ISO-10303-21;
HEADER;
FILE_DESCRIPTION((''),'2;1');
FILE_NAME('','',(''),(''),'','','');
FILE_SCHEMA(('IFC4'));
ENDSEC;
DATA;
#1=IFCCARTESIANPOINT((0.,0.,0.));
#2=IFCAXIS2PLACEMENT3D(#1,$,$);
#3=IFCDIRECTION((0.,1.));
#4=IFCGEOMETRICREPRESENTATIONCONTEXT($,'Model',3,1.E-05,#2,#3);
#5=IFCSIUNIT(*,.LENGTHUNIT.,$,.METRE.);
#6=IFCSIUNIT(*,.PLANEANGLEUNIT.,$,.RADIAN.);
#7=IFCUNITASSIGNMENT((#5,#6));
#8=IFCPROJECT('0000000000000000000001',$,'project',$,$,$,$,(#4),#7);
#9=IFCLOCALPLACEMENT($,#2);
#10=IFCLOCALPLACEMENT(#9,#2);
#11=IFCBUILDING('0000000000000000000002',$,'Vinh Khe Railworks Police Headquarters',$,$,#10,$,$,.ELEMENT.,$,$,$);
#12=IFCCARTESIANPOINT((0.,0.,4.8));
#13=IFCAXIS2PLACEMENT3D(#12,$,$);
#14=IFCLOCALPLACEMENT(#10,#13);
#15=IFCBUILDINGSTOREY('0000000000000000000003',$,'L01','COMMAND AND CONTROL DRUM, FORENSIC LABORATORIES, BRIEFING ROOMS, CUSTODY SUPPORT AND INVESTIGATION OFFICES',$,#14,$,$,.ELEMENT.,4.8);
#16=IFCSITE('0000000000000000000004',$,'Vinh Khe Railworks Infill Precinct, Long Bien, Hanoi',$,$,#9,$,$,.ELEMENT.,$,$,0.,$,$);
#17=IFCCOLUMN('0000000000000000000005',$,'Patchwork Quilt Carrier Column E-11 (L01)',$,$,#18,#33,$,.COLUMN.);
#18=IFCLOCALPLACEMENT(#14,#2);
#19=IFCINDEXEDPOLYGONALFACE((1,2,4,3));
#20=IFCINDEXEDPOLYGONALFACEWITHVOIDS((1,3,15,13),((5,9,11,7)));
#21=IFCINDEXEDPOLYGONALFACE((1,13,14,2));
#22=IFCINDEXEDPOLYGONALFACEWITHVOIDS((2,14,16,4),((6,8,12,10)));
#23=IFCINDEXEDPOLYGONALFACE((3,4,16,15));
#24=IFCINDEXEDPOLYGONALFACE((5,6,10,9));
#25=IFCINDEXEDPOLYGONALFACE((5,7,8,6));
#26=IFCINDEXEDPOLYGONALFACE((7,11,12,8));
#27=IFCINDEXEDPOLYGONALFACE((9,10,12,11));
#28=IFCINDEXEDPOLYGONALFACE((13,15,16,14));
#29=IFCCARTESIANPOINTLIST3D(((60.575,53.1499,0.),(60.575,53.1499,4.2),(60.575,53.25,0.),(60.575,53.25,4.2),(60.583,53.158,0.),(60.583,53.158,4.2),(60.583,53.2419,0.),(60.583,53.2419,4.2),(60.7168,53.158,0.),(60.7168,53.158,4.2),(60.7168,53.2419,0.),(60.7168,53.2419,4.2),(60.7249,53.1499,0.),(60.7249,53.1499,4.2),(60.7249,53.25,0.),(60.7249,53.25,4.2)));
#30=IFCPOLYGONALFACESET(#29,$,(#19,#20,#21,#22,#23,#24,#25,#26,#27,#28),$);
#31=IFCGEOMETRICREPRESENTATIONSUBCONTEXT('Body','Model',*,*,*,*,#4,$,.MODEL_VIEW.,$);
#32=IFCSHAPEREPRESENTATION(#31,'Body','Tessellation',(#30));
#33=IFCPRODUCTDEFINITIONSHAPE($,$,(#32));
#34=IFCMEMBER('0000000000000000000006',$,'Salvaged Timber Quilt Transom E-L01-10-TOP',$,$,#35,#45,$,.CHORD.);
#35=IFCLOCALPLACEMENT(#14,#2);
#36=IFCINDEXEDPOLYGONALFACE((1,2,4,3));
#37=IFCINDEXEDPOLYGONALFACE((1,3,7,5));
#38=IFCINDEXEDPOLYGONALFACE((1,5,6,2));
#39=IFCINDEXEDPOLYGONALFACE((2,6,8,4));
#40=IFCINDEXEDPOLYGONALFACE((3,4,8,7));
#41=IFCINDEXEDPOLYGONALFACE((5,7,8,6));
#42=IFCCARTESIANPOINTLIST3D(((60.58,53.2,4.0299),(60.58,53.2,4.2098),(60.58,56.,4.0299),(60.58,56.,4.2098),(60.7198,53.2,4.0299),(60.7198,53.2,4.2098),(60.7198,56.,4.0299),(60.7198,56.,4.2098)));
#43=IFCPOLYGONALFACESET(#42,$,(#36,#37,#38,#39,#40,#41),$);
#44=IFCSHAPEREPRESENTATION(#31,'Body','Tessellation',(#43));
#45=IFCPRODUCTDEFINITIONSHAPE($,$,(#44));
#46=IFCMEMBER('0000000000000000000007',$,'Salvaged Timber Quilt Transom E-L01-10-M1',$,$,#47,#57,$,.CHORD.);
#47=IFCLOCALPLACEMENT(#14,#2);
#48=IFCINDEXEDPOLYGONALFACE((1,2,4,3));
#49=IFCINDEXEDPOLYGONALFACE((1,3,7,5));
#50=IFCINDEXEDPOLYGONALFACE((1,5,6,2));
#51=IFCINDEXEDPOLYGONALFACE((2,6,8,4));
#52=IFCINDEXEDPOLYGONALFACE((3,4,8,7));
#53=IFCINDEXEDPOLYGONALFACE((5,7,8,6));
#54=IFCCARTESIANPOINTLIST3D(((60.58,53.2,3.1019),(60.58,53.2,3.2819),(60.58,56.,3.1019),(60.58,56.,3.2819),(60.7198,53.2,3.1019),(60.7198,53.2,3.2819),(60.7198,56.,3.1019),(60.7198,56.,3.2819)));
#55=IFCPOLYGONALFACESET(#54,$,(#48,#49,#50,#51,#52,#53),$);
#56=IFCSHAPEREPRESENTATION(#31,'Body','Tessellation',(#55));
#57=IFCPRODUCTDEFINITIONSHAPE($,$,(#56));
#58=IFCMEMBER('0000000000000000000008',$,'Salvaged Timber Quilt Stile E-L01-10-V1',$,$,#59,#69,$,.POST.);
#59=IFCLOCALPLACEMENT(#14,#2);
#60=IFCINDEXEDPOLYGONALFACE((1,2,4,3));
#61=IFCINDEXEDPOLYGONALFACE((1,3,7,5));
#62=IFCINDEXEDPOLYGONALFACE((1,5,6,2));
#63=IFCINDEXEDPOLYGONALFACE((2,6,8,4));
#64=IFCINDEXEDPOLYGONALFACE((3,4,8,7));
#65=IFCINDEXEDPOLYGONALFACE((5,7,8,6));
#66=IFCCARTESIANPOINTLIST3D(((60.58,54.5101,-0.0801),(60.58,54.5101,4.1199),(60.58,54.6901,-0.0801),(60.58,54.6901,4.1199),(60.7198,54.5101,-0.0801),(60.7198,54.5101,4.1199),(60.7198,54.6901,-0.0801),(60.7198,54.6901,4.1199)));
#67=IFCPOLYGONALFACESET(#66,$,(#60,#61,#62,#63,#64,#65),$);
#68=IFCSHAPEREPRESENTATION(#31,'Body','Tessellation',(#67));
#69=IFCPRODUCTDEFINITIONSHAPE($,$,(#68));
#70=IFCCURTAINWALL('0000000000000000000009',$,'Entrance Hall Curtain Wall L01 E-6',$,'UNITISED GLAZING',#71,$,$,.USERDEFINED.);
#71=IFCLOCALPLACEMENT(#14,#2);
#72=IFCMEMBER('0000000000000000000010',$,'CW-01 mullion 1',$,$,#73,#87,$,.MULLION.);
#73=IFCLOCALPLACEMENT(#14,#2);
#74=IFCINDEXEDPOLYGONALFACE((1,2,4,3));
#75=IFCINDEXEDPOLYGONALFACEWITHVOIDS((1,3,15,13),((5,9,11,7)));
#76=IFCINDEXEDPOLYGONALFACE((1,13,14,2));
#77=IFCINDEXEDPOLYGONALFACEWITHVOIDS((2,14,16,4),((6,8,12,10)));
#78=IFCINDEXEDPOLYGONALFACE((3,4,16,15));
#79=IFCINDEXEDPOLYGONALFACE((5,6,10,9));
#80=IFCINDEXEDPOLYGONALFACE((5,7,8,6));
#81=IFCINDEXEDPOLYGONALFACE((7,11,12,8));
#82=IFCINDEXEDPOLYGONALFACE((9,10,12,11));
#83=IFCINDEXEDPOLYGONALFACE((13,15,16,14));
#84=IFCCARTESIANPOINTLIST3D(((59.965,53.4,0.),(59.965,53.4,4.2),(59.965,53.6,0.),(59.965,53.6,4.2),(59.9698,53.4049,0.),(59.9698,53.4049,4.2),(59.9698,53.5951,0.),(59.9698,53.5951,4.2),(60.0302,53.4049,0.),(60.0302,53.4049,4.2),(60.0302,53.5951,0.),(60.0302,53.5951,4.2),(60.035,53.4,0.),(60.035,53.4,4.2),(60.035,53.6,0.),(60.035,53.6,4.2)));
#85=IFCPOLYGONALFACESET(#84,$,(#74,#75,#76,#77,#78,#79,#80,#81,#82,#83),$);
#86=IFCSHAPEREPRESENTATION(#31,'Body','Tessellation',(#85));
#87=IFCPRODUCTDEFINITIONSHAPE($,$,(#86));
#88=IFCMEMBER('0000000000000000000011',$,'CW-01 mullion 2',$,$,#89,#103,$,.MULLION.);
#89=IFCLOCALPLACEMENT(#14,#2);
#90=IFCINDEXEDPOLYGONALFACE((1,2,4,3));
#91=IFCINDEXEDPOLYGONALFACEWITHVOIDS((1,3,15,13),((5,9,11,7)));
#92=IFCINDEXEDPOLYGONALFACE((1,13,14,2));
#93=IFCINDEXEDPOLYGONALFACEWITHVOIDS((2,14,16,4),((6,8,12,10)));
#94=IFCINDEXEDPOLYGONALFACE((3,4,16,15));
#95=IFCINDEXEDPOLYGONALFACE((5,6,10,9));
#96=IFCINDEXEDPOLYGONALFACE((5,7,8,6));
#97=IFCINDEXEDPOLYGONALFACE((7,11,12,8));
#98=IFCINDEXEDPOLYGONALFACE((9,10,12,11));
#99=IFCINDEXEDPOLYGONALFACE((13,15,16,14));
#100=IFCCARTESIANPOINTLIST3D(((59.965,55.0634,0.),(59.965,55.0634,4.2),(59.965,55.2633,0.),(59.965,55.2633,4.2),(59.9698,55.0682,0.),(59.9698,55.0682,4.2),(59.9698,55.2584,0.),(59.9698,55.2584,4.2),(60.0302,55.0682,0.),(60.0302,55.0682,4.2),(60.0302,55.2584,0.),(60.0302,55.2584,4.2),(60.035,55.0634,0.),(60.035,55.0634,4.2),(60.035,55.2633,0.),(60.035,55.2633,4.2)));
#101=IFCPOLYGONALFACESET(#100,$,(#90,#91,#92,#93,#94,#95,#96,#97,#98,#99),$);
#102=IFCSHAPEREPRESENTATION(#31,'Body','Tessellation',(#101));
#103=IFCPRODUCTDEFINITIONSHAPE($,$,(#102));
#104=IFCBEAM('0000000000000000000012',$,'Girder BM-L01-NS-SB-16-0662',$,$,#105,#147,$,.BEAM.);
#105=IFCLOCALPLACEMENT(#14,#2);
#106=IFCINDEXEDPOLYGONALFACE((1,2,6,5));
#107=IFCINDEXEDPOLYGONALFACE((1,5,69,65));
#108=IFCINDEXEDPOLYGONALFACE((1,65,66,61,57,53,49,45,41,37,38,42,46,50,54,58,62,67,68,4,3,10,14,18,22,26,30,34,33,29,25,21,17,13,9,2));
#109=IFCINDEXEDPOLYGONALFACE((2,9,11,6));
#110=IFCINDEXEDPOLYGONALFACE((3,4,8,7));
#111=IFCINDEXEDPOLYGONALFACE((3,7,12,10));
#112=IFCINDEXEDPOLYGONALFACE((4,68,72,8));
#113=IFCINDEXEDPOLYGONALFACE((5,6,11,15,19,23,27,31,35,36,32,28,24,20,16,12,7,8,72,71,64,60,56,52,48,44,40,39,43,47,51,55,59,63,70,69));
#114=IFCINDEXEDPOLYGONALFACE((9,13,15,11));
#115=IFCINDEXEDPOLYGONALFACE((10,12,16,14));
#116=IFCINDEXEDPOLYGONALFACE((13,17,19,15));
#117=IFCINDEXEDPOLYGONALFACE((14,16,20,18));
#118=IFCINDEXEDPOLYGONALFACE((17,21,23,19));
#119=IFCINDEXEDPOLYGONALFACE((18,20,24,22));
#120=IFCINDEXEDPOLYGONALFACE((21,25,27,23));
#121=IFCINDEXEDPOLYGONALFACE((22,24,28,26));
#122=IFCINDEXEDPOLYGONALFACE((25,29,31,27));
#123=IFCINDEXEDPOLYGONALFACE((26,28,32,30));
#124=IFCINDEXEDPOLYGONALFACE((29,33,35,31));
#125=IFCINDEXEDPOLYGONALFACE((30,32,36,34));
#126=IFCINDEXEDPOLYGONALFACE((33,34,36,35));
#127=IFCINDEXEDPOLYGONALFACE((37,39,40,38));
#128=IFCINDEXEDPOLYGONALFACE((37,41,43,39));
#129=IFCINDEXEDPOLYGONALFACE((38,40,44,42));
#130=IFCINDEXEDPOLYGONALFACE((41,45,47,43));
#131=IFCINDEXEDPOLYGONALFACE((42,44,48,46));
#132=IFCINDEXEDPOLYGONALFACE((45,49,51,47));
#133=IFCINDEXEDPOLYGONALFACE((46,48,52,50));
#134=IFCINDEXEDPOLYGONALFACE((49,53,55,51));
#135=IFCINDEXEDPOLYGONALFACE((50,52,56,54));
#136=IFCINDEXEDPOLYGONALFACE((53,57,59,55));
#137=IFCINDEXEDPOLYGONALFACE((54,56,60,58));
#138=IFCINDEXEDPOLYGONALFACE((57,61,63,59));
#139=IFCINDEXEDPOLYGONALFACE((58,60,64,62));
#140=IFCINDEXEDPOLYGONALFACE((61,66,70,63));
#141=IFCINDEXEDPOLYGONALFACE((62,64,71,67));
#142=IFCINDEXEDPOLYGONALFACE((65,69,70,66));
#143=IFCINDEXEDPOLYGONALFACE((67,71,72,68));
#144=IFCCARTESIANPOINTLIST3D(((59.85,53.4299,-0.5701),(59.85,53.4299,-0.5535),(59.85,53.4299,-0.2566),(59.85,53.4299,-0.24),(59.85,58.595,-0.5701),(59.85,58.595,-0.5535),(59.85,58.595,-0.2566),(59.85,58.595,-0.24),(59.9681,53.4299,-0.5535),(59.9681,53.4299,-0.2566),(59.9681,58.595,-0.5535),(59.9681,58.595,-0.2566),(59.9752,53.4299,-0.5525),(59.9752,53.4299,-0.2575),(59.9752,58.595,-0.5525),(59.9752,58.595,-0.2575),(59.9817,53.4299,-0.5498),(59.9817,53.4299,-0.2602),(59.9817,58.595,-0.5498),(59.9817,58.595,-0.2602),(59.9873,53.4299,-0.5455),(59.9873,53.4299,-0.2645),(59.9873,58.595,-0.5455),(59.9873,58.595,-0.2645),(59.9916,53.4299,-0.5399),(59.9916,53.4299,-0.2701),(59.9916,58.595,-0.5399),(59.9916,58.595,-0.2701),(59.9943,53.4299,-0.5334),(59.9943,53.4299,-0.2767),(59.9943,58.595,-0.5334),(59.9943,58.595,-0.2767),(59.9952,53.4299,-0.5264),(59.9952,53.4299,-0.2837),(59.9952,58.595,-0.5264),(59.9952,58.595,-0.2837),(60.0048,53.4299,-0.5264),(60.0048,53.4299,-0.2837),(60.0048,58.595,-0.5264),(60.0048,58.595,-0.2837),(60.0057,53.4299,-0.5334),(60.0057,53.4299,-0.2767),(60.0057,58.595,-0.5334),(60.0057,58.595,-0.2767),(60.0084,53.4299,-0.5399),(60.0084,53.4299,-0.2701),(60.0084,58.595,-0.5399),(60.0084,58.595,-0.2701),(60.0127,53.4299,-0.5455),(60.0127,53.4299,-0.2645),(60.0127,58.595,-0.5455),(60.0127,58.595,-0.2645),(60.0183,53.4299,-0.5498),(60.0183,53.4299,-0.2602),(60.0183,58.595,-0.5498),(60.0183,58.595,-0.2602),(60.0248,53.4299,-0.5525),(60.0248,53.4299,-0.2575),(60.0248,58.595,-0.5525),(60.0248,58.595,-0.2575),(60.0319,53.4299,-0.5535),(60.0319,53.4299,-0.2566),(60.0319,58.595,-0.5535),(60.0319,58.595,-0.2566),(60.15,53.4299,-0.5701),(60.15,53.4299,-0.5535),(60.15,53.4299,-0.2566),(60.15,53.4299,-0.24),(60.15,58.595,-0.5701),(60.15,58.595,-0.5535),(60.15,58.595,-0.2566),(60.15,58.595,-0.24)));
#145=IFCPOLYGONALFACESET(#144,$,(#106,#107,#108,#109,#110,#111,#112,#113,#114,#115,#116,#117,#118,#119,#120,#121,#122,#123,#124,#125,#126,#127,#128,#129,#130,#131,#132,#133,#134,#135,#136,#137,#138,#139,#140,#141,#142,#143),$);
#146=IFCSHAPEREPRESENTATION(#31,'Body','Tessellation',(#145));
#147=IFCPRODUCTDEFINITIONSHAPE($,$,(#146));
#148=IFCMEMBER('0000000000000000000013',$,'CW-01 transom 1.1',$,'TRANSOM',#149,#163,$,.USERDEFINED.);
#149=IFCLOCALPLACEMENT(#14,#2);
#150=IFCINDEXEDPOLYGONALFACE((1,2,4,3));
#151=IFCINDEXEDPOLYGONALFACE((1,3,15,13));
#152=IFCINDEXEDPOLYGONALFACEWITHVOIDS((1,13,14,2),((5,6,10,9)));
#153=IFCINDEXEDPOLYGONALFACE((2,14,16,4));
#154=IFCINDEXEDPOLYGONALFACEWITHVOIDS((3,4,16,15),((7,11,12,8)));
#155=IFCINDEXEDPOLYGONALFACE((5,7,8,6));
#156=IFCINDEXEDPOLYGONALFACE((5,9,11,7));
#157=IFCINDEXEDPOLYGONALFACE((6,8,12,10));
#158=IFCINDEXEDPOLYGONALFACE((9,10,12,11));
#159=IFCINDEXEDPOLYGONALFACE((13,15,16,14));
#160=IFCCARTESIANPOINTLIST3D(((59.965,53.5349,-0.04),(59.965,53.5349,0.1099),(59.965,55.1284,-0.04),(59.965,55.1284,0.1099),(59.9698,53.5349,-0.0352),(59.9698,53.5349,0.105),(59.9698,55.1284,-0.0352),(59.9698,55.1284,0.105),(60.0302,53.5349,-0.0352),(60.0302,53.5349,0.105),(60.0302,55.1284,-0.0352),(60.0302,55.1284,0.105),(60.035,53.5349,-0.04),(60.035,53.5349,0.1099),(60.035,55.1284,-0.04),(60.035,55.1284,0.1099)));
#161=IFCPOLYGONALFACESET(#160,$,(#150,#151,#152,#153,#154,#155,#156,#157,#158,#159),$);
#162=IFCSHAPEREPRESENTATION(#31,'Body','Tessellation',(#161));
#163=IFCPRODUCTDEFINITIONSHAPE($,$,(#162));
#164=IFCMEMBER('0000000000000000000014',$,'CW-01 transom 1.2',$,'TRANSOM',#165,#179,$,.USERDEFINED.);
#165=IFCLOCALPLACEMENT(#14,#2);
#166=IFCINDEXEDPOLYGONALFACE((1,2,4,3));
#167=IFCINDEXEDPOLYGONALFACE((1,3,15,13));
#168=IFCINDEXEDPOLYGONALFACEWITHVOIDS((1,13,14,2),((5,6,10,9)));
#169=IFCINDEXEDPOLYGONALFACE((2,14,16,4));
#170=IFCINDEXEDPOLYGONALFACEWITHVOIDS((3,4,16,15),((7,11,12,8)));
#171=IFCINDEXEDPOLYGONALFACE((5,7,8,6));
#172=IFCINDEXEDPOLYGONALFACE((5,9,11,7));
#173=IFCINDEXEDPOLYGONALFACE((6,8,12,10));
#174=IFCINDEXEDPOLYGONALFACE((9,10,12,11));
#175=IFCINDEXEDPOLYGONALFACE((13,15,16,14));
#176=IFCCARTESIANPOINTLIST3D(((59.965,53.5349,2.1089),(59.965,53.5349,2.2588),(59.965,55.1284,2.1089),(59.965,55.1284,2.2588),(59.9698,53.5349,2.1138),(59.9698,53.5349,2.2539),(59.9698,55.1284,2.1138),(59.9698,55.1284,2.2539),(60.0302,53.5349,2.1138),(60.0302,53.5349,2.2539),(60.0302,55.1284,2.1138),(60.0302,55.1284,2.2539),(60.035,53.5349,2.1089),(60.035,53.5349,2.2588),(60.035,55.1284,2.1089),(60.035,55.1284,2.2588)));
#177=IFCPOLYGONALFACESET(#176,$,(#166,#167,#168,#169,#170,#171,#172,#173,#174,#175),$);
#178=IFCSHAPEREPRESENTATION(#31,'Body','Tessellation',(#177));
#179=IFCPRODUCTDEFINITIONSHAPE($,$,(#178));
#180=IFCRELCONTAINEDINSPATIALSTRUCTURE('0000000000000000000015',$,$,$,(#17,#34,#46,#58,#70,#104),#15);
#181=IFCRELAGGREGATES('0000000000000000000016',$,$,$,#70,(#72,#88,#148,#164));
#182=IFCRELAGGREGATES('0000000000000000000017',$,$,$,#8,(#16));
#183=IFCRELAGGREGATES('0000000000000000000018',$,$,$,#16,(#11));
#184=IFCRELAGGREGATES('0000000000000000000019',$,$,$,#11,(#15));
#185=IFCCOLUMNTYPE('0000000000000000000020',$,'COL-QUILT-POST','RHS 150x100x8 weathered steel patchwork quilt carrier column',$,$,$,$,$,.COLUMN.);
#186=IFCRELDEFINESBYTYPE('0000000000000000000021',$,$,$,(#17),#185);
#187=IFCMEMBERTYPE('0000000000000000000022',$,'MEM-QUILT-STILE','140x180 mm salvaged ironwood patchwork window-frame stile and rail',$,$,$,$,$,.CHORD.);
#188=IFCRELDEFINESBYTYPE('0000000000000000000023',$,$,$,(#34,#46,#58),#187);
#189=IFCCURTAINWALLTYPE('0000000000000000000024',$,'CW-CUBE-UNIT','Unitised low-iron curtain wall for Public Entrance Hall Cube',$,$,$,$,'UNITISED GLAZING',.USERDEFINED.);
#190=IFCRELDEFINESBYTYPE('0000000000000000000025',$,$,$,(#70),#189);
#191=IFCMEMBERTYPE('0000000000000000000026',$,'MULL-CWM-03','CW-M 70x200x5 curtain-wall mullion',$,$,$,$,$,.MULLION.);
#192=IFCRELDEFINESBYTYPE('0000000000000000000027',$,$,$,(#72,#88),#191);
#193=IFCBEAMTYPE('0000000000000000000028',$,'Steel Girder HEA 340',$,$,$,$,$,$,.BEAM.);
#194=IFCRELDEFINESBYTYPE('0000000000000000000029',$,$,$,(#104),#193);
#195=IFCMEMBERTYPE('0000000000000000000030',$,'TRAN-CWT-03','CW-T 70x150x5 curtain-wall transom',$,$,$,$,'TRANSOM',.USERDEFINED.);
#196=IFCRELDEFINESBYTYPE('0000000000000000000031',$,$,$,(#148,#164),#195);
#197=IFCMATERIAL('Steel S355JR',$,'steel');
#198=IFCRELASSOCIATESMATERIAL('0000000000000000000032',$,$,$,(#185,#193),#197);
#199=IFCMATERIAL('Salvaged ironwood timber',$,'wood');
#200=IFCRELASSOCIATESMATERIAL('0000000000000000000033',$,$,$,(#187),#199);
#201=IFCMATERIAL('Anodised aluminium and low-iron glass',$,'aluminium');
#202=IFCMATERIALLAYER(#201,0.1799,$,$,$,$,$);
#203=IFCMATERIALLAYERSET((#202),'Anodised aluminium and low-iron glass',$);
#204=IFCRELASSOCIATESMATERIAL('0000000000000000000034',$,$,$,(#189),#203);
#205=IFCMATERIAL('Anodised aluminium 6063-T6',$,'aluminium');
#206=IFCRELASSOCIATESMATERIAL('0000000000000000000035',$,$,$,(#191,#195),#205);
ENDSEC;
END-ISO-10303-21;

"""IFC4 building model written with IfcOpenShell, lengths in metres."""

from ifc_helpers import new_model, si_unit, direction, frame, origin, origin_2d, place, context, subcontext, project, spatial, rectangle, hollow_rectangle, i_section, extrude, material, layer, layer_set, material_profile, profile_set, type_object, element, aggregate, save


model = new_model("IFC4")

# Units and contexts
model_context = context("Model", 3, precision=1e-05, world=origin(), true_north=direction((0.0, 1.0)))
body_context = subcontext(model_context, "Body", "Model", "MODEL_VIEW")
ifc_project = project(units=[si_unit("LENGTHUNIT", "METRE"), si_unit("PLANEANGLEUNIT", "RADIAN")], contexts=[model_context])

# Site, building, storey
site_placement = place(None, origin())
site = spatial("IfcSite", under=ifc_project, at=site_placement, Name="Vinh Khe Railworks Infill Precinct, Long Bien, Hanoi", CompositionType="ELEMENT", RefElevation=0.0)
building_placement = place(site_placement, origin())
building = spatial("IfcBuilding", under=site, at=building_placement, Name="Vinh Khe Railworks Police Headquarters", CompositionType="ELEMENT")
storey_placement = place(building_placement, frame((0.0, 0.0, 4.8)))
storey = spatial("IfcBuildingStorey", under=building, at=storey_placement, Name="L01", Description="COMMAND AND CONTROL DRUM, FORENSIC LABORATORIES, BRIEFING ROOMS, CUSTODY SUPPORT AND INVESTIGATION OFFICES", CompositionType="ELEMENT", Elevation=4.8)

# Column
ifc_material_1 = material(Name="Steel S355JR", Category="steel")
ifc_material_profile_1 = material_profile(ifc_material_1, hollow_rectangle(XDim=0.1499, YDim=0.1001, WallThickness=0.0081, at=origin_2d()), Name="RHS 150x100x8")
ifc_profile_set_1 = profile_set([ifc_material_profile_1], Name="Steel S355JR")
column_type = type_object("IfcColumnType", Name="COL-QUILT-POST", Description="RHS 150x100x8 weathered steel patchwork quilt carrier column", PredefinedType="COLUMN", material=ifc_profile_set_1)
column_placement = place(storey_placement, frame((60.6499, 53.2, 0.0), z_axis=(0.0, 0.0, 1.0), x_axis=(1.0, 0.0, 0.0)))
element("IfcColumn", 1, at=column_placement, inside=storey, type_object=column_type, Name="Patchwork Quilt Carrier Column E-11 (L01)", PredefinedType="COLUMN", context=body_context, shape_type="SweptSolid", body=[
    extrude(hollow_rectangle(XDim=0.1499, YDim=0.1001, WallThickness=0.0081, at=origin_2d()), origin(), (0.0, 0.0, 1.0), 4.2),
])

# Members
ifc_material_2 = material(Name="Salvaged ironwood timber", Category="wood")
ifc_material_profile_2 = material_profile(ifc_material_2, rectangle(XDim=0.1399, YDim=0.1799, at=origin_2d()), Name="TIMBER 140x180")
ifc_profile_set_2 = profile_set([ifc_material_profile_2], Name="Salvaged ironwood timber")
member_type_1 = type_object("IfcMemberType", Name="MEM-QUILT-STILE", Description="140x180 mm salvaged ironwood patchwork window-frame stile and rail", PredefinedType="CHORD", material=ifc_profile_set_2)
for number, where, z_axis, x_axis, name in (
    (2, (60.6499, 53.2, 4.1199), (0.0, 1.0, 0.0), (-1.0, 0.0, 0.0), "Salvaged Timber Quilt Transom E-L01-10-TOP"),
    (3, (60.6499, 53.2, 3.1919), (0.0, 1.0, 0.0), (-1.0, 0.0, 0.0), "Salvaged Timber Quilt Transom E-L01-10-M1"),
):
    element("IfcMember", number, at=place(storey_placement, frame(where, z_axis=z_axis, x_axis=x_axis)), inside=storey, type_object=member_type_1, Name=name, PredefinedType="CHORD", context=body_context, shape_type="SweptSolid", body=[
        extrude(rectangle(XDim=0.1399, YDim=0.1799, at=origin_2d()), origin(), (0.0, 0.0, 1.0), 2.8),
    ])
member_1_placement = place(storey_placement, frame((60.6499, 54.6001, -0.0801), z_axis=(0.0, 0.0, 1.0), x_axis=(1.0, 0.0, 0.0)))
element("IfcMember", 4, at=member_1_placement, inside=storey, type_object=member_type_1, Name="Salvaged Timber Quilt Stile E-L01-10-V1", PredefinedType="POST", context=body_context, shape_type="SweptSolid", body=[
    extrude(rectangle(XDim=0.1399, YDim=0.1799, at=origin_2d()), origin(), (0.0, 0.0, 1.0), 4.2),
])

# Curtain wall, members
ifc_material_3 = material(Name="Anodised aluminium and low-iron glass", Category="aluminium")
ifc_layer_1 = layer(ifc_material_3, 0.1799)
ifc_layer_set_1 = layer_set([ifc_layer_1], Name="Anodised aluminium and low-iron glass")
curtain_wall_type = type_object("IfcCurtainWallType", Name="CW-CUBE-UNIT", Description="Unitised low-iron curtain wall for Public Entrance Hall Cube", ElementType="UNITISED GLAZING", PredefinedType="USERDEFINED", material=ifc_layer_set_1)
curtain_wall_placement = place(storey_placement, origin())
curtain_wall = element("IfcCurtainWall", 5, at=curtain_wall_placement, inside=storey, type_object=curtain_wall_type, Name="Entrance Hall Curtain Wall L01 E-6", ObjectType="UNITISED GLAZING", PredefinedType="USERDEFINED")
ifc_material_4 = material(Name="Anodised aluminium 6063-T6", Category="aluminium")
ifc_material_profile_3 = material_profile(ifc_material_4, hollow_rectangle(XDim=0.0701, YDim=0.2, WallThickness=0.0049, at=origin_2d()), Name="CW-M 70x200x5")
ifc_profile_set_3 = profile_set([ifc_material_profile_3], Name="Anodised aluminium 6063-T6")
member_type_2 = type_object("IfcMemberType", Name="MULL-CWM-03", Description="CW-M 70x200x5 curtain-wall mullion", PredefinedType="MULLION", material=ifc_profile_set_3)
member_2_placement = place(storey_placement, frame((60.0, 53.5, 0.0), z_axis=(0.0, 0.0, 1.0), x_axis=(-1.0, 0.0, 0.0)))
member_2 = element("IfcMember", 6, at=member_2_placement, type_object=member_type_2, Name="CW-01 mullion 1", PredefinedType="MULLION", context=body_context, shape_type="SweptSolid", body=[
    extrude(hollow_rectangle(XDim=0.0701, YDim=0.2, WallThickness=0.0049, at=origin_2d()), origin(), (0.0, 0.0, 1.0), 4.2),
])
member_3_placement = place(storey_placement, frame((60.0, 55.1633, 0.0), z_axis=(0.0, 0.0, 1.0), x_axis=(-1.0, 0.0, 0.0)))
member_3 = element("IfcMember", 7, at=member_3_placement, type_object=member_type_2, Name="CW-01 mullion 2", PredefinedType="MULLION", context=body_context, shape_type="SweptSolid", body=[
    extrude(hollow_rectangle(XDim=0.0701, YDim=0.2, WallThickness=0.0049, at=origin_2d()), origin(), (0.0, 0.0, 1.0), 4.2),
])

# Beam
ifc_material_profile_4 = material_profile(ifc_material_1, i_section(OverallWidth=0.3, OverallDepth=0.3301, WebThickness=0.0095, FlangeThickness=0.0166, FilletRadius=0.0271, at=origin_2d()), Name="HEA 340")
ifc_profile_set_4 = profile_set([ifc_material_profile_4], Name="Steel S355JR")
beam_type = type_object("IfcBeamType", Name="Steel Girder HEA 340", PredefinedType="BEAM", material=ifc_profile_set_4)
beam_placement = place(storey_placement, frame((60.0, 53.4299, -0.405), z_axis=(0.0, 1.0, 0.0), x_axis=(-1.0, 0.0, 0.0)))
element("IfcBeam", 8, at=beam_placement, inside=storey, type_object=beam_type, Name="Girder BM-L01-NS-SB-16-0662", PredefinedType="BEAM", context=body_context, shape_type="SweptSolid", body=[
    extrude(i_section(OverallWidth=0.3, OverallDepth=0.3301, WebThickness=0.0095, FlangeThickness=0.0166, FilletRadius=0.0271, at=origin_2d()), origin(), (0.0, 0.0, 1.0), 5.165),
])

# Members
ifc_material_profile_5 = material_profile(ifc_material_4, hollow_rectangle(XDim=0.0701, YDim=0.1499, WallThickness=0.0049, at=origin_2d()), Name="CW-T 70x150x5")
ifc_profile_set_5 = profile_set([ifc_material_profile_5], Name="Anodised aluminium 6063-T6")
member_type_3 = type_object("IfcMemberType", Name="TRAN-CWT-03", Description="CW-T 70x150x5 curtain-wall transom", ElementType="TRANSOM", PredefinedType="USERDEFINED", material=ifc_profile_set_5)
member_4_placement = place(storey_placement, frame((60.0, 53.5349, 0.0349), z_axis=(0.0, 1.0, 0.0), x_axis=(-1.0, 0.0, 0.0)))
member_4 = element("IfcMember", 9, at=member_4_placement, type_object=member_type_3, Name="CW-01 transom 1.1", ObjectType="TRANSOM", PredefinedType="USERDEFINED", context=body_context, shape_type="SweptSolid", body=[
    extrude(hollow_rectangle(XDim=0.0701, YDim=0.1499, WallThickness=0.0049, at=origin_2d()), origin(), (0.0, 0.0, 1.0), 1.5935),
])
member_5_placement = place(storey_placement, frame((60.0, 53.5349, 2.1838), z_axis=(0.0, 1.0, 0.0), x_axis=(-1.0, 0.0, 0.0)))
member_5 = element("IfcMember", 10, at=member_5_placement, type_object=member_type_3, Name="CW-01 transom 1.2", ObjectType="TRANSOM", PredefinedType="USERDEFINED", context=body_context, shape_type="SweptSolid", body=[
    extrude(hollow_rectangle(XDim=0.0701, YDim=0.1499, WallThickness=0.0049, at=origin_2d()), origin(), (0.0, 0.0, 1.0), 1.5935),
])

aggregate(curtain_wall, [member_2, member_3, member_4, member_5])

save(model, "model.ifc")
